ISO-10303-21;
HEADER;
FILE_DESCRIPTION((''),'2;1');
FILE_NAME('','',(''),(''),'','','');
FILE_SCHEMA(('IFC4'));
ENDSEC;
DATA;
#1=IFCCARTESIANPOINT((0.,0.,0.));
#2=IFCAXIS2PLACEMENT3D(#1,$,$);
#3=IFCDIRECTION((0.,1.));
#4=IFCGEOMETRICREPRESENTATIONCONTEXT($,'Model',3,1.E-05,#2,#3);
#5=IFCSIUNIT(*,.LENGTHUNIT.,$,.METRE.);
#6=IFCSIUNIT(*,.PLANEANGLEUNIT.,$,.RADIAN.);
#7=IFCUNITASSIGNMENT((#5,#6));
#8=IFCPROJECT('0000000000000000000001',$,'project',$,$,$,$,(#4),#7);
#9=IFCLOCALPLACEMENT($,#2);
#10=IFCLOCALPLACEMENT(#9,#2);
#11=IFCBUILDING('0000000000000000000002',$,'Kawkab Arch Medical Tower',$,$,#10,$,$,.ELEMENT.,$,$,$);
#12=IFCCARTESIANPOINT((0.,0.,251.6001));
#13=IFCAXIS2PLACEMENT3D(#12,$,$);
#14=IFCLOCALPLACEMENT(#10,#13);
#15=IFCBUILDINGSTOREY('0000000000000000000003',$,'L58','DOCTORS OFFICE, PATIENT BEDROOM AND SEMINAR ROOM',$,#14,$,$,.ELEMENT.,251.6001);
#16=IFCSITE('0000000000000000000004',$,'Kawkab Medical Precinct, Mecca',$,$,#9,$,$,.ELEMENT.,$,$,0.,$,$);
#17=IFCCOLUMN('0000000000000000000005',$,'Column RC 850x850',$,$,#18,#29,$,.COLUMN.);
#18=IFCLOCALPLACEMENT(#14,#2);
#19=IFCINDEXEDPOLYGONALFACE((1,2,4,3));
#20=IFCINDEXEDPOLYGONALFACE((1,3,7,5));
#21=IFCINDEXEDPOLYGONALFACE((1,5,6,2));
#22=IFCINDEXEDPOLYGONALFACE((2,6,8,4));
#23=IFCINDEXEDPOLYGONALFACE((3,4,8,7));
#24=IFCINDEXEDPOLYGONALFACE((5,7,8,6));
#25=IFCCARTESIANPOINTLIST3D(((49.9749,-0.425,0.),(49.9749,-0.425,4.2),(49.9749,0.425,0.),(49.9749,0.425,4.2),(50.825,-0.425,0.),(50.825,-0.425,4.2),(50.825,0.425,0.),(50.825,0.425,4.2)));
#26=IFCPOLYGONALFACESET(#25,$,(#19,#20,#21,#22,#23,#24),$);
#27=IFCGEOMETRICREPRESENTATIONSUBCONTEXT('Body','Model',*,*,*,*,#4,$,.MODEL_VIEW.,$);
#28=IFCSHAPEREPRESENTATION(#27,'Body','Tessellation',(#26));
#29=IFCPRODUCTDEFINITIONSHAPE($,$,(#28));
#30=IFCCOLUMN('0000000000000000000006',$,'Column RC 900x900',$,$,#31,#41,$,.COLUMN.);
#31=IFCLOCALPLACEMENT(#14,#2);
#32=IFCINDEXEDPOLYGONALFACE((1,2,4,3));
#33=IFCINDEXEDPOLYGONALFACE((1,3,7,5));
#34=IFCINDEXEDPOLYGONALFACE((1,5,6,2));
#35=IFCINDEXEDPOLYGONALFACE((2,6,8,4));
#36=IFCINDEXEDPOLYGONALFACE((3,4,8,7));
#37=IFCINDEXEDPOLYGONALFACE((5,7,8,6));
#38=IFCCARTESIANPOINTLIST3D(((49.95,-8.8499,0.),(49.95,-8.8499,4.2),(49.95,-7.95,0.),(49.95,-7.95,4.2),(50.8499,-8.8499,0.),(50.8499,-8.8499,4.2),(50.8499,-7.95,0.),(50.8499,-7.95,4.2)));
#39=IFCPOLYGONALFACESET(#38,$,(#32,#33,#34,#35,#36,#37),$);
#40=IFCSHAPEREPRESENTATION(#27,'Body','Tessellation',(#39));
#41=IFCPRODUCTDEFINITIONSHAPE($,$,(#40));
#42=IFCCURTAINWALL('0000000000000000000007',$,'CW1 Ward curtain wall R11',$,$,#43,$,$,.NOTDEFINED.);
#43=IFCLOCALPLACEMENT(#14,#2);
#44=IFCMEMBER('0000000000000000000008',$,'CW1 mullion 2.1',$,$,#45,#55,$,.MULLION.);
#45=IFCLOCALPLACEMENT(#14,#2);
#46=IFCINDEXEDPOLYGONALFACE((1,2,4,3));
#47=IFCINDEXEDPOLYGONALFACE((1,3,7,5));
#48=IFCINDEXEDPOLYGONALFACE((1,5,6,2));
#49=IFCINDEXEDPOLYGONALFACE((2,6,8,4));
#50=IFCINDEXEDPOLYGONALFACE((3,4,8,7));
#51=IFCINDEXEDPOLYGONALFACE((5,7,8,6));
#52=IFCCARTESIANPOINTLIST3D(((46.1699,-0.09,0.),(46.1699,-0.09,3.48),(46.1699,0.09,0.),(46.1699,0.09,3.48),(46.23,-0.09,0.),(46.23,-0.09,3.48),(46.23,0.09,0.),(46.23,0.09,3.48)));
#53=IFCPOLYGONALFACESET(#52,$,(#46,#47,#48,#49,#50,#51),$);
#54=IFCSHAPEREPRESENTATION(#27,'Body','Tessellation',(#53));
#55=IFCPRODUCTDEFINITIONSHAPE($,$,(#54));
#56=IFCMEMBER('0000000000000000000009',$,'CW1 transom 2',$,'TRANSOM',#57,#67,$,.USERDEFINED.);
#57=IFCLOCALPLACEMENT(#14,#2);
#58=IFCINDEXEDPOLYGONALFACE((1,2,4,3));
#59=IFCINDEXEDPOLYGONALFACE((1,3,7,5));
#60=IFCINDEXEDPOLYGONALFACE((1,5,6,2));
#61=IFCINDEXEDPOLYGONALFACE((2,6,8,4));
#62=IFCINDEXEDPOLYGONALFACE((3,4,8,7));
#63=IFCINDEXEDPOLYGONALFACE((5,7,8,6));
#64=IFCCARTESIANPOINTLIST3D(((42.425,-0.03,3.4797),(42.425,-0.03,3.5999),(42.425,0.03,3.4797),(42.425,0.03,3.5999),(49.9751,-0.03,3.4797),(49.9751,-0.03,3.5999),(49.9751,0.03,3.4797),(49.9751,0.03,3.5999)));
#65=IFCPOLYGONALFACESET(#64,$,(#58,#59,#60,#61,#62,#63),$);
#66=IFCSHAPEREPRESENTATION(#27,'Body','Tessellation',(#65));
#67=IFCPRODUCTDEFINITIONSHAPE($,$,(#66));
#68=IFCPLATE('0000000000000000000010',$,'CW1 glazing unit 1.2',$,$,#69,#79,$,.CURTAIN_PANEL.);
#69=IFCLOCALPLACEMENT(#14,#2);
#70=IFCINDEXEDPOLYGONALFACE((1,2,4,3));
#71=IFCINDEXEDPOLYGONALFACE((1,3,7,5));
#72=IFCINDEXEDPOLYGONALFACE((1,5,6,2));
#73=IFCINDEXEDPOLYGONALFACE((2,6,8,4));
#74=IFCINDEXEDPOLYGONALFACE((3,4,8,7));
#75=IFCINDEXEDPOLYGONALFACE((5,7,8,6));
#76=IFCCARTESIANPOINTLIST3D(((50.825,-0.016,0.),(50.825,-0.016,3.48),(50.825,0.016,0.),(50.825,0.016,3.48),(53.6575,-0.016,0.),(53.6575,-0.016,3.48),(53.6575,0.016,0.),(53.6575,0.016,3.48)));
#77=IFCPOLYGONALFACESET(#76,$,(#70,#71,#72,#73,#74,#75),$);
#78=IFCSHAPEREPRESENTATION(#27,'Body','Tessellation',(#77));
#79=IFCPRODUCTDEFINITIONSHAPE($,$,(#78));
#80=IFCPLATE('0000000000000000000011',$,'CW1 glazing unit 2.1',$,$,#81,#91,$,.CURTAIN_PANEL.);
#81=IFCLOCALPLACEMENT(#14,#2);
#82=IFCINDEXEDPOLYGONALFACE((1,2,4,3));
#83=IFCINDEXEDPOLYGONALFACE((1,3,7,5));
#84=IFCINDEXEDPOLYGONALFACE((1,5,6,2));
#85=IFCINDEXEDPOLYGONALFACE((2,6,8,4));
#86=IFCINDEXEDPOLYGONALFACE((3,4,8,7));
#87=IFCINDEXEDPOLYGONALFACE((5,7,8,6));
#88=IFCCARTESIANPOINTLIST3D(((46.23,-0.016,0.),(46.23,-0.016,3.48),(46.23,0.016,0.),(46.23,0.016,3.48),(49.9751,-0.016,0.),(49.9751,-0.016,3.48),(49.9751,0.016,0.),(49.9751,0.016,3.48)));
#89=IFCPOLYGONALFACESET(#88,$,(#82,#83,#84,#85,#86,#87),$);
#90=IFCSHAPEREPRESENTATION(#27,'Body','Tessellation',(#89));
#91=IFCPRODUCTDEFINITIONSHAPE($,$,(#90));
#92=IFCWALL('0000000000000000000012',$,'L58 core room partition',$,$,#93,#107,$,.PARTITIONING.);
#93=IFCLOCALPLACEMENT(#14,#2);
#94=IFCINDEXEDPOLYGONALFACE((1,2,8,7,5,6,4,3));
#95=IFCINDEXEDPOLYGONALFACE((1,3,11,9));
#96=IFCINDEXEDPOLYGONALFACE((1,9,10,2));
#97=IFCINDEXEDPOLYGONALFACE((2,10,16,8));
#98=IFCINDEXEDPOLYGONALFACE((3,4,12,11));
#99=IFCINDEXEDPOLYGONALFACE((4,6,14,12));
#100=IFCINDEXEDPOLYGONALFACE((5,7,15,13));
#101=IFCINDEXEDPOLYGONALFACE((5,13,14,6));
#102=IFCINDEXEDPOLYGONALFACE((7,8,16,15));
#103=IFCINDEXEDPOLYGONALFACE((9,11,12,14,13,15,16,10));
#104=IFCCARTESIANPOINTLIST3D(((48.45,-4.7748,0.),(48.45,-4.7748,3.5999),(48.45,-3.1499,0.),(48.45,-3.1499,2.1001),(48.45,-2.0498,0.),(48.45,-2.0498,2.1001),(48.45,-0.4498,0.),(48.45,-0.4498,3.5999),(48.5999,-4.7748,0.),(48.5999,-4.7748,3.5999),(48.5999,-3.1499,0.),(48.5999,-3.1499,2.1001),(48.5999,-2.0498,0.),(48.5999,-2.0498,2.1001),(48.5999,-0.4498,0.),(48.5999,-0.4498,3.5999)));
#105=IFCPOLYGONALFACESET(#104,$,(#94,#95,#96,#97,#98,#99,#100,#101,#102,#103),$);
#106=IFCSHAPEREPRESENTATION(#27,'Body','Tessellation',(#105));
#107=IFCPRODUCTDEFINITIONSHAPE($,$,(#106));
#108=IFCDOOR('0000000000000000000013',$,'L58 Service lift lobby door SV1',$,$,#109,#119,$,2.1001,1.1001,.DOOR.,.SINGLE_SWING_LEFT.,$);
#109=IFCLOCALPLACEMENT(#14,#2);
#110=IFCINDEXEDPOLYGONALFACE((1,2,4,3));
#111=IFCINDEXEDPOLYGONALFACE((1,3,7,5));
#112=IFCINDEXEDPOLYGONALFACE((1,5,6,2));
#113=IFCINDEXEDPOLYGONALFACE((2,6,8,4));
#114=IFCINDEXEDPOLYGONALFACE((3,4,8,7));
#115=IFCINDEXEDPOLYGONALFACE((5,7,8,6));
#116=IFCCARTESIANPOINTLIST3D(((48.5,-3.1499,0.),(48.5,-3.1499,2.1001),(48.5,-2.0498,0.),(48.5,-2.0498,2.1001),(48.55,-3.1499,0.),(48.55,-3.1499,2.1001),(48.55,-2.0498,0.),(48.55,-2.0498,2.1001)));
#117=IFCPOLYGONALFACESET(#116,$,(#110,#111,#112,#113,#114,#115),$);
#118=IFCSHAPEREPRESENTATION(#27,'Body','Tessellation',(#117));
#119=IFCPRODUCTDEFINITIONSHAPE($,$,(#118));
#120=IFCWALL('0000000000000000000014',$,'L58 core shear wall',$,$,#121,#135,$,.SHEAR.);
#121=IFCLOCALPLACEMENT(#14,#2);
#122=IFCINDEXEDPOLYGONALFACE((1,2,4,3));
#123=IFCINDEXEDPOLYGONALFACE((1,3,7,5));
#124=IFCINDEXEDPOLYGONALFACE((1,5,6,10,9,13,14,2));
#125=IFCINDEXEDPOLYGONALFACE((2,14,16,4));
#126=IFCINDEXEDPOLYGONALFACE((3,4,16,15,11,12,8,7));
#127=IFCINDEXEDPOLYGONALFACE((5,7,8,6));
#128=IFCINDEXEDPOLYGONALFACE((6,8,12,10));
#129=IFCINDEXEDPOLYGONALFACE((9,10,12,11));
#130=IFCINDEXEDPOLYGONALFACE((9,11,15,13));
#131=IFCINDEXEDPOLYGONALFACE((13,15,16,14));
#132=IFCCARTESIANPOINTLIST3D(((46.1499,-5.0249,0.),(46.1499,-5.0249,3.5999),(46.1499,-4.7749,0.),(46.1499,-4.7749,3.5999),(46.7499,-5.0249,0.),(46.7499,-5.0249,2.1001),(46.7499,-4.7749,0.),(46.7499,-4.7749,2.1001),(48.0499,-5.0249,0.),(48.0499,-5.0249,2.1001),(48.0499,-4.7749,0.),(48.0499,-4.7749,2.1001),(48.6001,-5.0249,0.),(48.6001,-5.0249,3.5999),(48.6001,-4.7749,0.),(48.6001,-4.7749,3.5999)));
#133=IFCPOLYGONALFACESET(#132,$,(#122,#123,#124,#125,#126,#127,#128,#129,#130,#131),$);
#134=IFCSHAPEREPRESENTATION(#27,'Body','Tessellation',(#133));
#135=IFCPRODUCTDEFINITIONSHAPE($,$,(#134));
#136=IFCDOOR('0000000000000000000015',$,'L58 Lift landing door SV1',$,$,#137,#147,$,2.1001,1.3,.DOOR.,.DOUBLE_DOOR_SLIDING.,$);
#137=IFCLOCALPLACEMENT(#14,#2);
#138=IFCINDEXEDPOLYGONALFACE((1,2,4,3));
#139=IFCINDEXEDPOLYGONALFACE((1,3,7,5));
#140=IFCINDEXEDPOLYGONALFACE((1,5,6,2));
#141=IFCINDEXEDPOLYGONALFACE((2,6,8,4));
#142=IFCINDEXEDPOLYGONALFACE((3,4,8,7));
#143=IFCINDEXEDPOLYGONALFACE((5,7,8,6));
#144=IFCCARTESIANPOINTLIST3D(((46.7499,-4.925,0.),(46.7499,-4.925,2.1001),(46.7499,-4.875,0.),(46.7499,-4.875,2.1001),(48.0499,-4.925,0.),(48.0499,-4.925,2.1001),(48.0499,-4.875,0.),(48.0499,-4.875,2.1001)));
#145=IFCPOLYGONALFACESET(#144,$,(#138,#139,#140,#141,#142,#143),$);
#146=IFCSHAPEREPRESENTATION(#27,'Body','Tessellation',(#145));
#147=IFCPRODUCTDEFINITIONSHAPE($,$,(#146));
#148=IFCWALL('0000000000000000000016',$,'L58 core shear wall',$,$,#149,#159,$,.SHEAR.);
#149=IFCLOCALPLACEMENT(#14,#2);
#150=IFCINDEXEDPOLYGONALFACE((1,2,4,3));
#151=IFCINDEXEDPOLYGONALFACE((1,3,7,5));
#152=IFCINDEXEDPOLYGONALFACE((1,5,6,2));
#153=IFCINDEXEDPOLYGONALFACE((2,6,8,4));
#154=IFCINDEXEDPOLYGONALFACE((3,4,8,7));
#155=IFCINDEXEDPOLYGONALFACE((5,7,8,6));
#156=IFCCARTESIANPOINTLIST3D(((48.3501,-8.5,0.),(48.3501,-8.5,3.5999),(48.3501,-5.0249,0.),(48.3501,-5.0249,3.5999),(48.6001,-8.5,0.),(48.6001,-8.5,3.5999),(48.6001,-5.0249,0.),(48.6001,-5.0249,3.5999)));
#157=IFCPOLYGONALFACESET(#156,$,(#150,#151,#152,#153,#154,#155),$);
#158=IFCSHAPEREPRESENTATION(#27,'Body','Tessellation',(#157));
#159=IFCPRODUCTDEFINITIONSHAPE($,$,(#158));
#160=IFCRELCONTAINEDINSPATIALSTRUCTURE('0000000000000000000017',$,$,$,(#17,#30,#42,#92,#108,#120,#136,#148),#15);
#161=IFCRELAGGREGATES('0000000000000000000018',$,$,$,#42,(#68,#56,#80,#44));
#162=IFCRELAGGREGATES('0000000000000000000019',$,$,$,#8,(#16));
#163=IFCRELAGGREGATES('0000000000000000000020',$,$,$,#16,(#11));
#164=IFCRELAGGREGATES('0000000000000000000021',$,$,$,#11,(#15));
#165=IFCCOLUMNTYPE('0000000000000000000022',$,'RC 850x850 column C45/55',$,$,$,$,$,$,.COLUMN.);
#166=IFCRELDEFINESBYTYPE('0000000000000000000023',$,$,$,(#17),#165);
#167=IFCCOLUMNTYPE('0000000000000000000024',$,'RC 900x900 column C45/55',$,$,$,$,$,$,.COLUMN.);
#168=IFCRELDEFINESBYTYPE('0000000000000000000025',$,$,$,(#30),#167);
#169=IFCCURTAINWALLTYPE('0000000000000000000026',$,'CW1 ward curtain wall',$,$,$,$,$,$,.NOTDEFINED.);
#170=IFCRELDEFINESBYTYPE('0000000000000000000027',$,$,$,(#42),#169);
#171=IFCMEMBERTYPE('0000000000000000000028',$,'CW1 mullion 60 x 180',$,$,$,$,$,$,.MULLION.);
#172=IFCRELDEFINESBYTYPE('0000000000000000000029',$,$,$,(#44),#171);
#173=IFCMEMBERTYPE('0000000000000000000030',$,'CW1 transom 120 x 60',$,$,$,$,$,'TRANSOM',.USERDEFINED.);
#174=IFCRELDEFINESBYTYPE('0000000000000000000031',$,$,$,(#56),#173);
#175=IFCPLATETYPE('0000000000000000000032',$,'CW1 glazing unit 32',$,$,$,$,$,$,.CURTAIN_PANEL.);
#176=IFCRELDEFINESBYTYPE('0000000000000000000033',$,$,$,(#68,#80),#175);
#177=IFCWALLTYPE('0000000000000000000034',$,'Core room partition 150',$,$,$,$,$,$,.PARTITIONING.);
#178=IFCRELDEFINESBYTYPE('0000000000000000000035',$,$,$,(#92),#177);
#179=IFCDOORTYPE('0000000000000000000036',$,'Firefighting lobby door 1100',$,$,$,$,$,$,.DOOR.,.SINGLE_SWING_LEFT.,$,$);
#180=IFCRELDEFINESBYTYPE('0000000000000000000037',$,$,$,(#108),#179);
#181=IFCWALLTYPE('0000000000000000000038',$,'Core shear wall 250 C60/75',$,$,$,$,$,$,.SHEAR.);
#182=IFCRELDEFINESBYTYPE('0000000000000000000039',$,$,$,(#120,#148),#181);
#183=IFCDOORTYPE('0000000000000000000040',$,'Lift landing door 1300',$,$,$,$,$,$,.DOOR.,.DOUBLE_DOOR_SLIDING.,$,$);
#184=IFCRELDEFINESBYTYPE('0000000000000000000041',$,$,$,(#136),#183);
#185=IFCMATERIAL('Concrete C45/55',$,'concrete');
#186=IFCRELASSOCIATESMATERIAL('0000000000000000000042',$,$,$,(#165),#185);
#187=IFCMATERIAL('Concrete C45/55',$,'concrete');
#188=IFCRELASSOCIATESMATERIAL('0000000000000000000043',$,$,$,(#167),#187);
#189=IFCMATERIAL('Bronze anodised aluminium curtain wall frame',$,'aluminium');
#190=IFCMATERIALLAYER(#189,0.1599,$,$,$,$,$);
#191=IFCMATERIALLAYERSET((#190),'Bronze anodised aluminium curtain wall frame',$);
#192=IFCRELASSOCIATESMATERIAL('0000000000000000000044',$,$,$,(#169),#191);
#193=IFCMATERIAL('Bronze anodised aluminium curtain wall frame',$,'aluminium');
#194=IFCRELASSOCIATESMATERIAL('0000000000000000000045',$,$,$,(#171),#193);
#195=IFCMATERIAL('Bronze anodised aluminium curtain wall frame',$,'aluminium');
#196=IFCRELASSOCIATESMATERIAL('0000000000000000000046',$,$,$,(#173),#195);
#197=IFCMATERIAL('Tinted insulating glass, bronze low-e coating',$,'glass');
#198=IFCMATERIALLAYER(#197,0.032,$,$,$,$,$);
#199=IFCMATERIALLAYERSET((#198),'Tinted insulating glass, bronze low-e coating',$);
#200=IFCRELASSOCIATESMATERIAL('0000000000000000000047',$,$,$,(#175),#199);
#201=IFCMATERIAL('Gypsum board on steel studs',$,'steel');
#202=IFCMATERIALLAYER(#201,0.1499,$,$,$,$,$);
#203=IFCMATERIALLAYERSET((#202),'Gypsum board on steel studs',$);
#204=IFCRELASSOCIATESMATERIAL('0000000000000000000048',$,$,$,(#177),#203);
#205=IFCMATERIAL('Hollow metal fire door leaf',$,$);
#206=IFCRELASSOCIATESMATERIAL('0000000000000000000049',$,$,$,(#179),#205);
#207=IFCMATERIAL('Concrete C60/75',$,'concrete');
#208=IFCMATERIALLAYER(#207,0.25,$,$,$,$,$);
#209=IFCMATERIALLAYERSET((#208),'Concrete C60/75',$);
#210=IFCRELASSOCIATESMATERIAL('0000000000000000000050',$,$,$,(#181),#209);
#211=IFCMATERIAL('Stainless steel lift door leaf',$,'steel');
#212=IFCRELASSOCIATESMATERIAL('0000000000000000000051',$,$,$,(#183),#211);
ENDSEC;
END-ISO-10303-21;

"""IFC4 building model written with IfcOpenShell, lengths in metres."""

from ifc_helpers import new_model, si_unit, direction, frame, frame_2d, origin, origin_2d, place, context, subcontext, project, spatial, rectangle, extrude, material, layer, layer_set, material_profile, profile_set, type_object, element, fill, aggregate, save


model = new_model("IFC4")

# Units and contexts
model_context = context("Model", 3, precision=1e-05, world=origin(), true_north=direction((0.0, 1.0)))
body_context = subcontext(model_context, "Body", "Model", "MODEL_VIEW")
ifc_project = project(units=[si_unit("LENGTHUNIT", "METRE"), si_unit("PLANEANGLEUNIT", "RADIAN")], contexts=[model_context])

# Site, building, storey
site_placement = place(None, origin())
site = spatial("IfcSite", under=ifc_project, at=site_placement, Name="Kawkab Medical Precinct, Mecca", CompositionType="ELEMENT", RefElevation=0.0)
building_placement = place(site_placement, origin())
building = spatial("IfcBuilding", under=site, at=building_placement, Name="Kawkab Arch Medical Tower", CompositionType="ELEMENT")
storey_placement = place(building_placement, frame((0.0, 0.0, 251.6001)))
storey = spatial("IfcBuildingStorey", under=building, at=storey_placement, Name="L58", Description="DOCTORS OFFICE, PATIENT BEDROOM AND SEMINAR ROOM", CompositionType="ELEMENT", Elevation=251.6001)

# Columns
ifc_material_1 = material(Name="Concrete C45/55", Category="concrete")
ifc_material_profile_1 = material_profile(ifc_material_1, rectangle(XDim=0.8501, YDim=0.8501, at=origin_2d()), Name="RC 850x850")
ifc_profile_set_1 = profile_set([ifc_material_profile_1], Name="Concrete C45/55")
column_type_1 = type_object("IfcColumnType", Name="RC 850x850 column C45/55", PredefinedType="COLUMN", material=ifc_profile_set_1)
column_1_placement = place(storey_placement, frame((50.3999, 0.0, 0.0), z_axis=(0.0, 0.0, 1.0), x_axis=(1.0, 0.0, 0.0)))
element("IfcColumn", 1, at=column_1_placement, inside=storey, type_object=column_type_1, Name="Column RC 850x850", PredefinedType="COLUMN", context=body_context, shape_type="SweptSolid", body=[
    extrude(rectangle(XDim=0.8501, YDim=0.8501, at=origin_2d()), origin(), (0.0, 0.0, 1.0), 4.2),
])
ifc_material_2 = material(Name="Concrete C45/55", Category="concrete")
ifc_material_profile_2 = material_profile(ifc_material_2, rectangle(XDim=0.8999, YDim=0.8999, at=origin_2d()), Name="RC 900x900")
ifc_profile_set_2 = profile_set([ifc_material_profile_2], Name="Concrete C45/55")
column_type_2 = type_object("IfcColumnType", Name="RC 900x900 column C45/55", PredefinedType="COLUMN", material=ifc_profile_set_2)
column_2_placement = place(storey_placement, frame((50.3999, -8.3999, 0.0), z_axis=(0.0, 0.0, 1.0), x_axis=(1.0, 0.0, 0.0)))
element("IfcColumn", 2, at=column_2_placement, inside=storey, type_object=column_type_2, Name="Column RC 900x900", PredefinedType="COLUMN", context=body_context, shape_type="SweptSolid", body=[
    extrude(rectangle(XDim=0.8999, YDim=0.8999, at=origin_2d()), origin(), (0.0, 0.0, 1.0), 4.2),
])

# Curtain wall, members, plates
ifc_material_3 = material(Name="Bronze anodised aluminium curtain wall frame", Category="aluminium")
ifc_layer_1 = layer(ifc_material_3, 0.1599)
ifc_layer_set_1 = layer_set([ifc_layer_1], Name="Bronze anodised aluminium curtain wall frame")
curtain_wall_type = type_object("IfcCurtainWallType", Name="CW1 ward curtain wall", PredefinedType="NOTDEFINED", material=ifc_layer_set_1)
placement = place(storey_placement, origin())
curtain_wall = element("IfcCurtainWall", 3, at=placement, inside=storey, type_object=curtain_wall_type, Name="CW1 Ward curtain wall R11", PredefinedType="NOTDEFINED")
ifc_material_4 = material(Name="Bronze anodised aluminium curtain wall frame", Category="aluminium")
ifc_material_profile_3 = material_profile(ifc_material_4, rectangle(XDim=0.1799, YDim=0.0601, at=origin_2d()), Name="AL 60x180")
ifc_profile_set_3 = profile_set([ifc_material_profile_3], Name="Bronze anodised aluminium curtain wall frame")
member_type_1 = type_object("IfcMemberType", Name="CW1 mullion 60 x 180", PredefinedType="MULLION", material=ifc_profile_set_3)
member_1_placement = place(storey_placement, frame((46.2, 0.0, 0.0), z_axis=(0.0, 0.0, 1.0), x_axis=(0.0, -1.0, 0.0)))
member_1 = element("IfcMember", 4, at=member_1_placement, type_object=member_type_1, Name="CW1 mullion 2.1", PredefinedType="MULLION", context=body_context, shape_type="SweptSolid", body=[
    extrude(rectangle(XDim=0.1799, YDim=0.0601, at=origin_2d()), origin(), (0.0, 0.0, 1.0), 3.48),
])
ifc_material_5 = material(Name="Bronze anodised aluminium curtain wall frame", Category="aluminium")
ifc_material_profile_4 = material_profile(ifc_material_5, rectangle(XDim=0.0601, YDim=0.1201, at=origin_2d()), Name="AL 60x120")
ifc_profile_set_4 = profile_set([ifc_material_profile_4], Name="Bronze anodised aluminium curtain wall frame")
member_type_2 = type_object("IfcMemberType", Name="CW1 transom 120 x 60", ElementType="TRANSOM", PredefinedType="USERDEFINED", material=ifc_profile_set_4)
member_2_placement = place(storey_placement, frame((49.9751, 0.0, 3.5398), z_axis=(-1.0, 0.0, 0.0), x_axis=(0.0, -1.0, 0.0)))
member_2 = element("IfcMember", 5, at=member_2_placement, type_object=member_type_2, Name="CW1 transom 2", ObjectType="TRANSOM", PredefinedType="USERDEFINED", context=body_context, shape_type="SweptSolid", body=[
    extrude(rectangle(XDim=0.0601, YDim=0.1201, at=origin_2d()), origin(), (0.0, 0.0, 1.0), 7.55),
])
ifc_material_6 = material(Name="Tinted insulating glass, bronze low-e coating", Category="glass")
ifc_layer_2 = layer(ifc_material_6, 0.032)
ifc_layer_set_2 = layer_set([ifc_layer_2], Name="Tinted insulating glass, bronze low-e coating")
plate_type = type_object("IfcPlateType", Name="CW1 glazing unit 32", PredefinedType="CURTAIN_PANEL", material=ifc_layer_set_2)
plate_1_placement = place(storey_placement, frame((52.2412, 0.0, 0.0), z_axis=(0.0, 0.0, 1.0), x_axis=(-1.0, 0.0, 0.0)))
plate_1 = element("IfcPlate", 6, at=plate_1_placement, type_object=plate_type, Name="CW1 glazing unit 1.2", PredefinedType="CURTAIN_PANEL", context=body_context, shape_type="SweptSolid", body=[
    extrude(rectangle(XDim=2.8325, YDim=0.032, at=origin_2d()), origin(), (0.0, 0.0, 1.0), 3.48),
])
plate_2_placement = place(storey_placement, frame((48.1025, 0.0, 0.0), z_axis=(0.0, 0.0, 1.0), x_axis=(-1.0, 0.0, 0.0)))
plate_2 = element("IfcPlate", 7, at=plate_2_placement, type_object=plate_type, Name="CW1 glazing unit 2.1", PredefinedType="CURTAIN_PANEL", context=body_context, shape_type="SweptSolid", body=[
    extrude(rectangle(XDim=3.7451, YDim=0.032, at=origin_2d()), origin(), (0.0, 0.0, 1.0), 3.48),
])
aggregate(curtain_wall, [plate_1, member_2, plate_2, member_1])

# Walls, openings, doors
ifc_material_7 = material(Name="Gypsum board on steel studs", Category="steel")
ifc_layer_3 = layer(ifc_material_7, 0.1499)
ifc_layer_set_3 = layer_set([ifc_layer_3], Name="Gypsum board on steel studs")
wall_type_1 = type_object("IfcWallType", Name="Core room partition 150", PredefinedType="PARTITIONING", material=ifc_layer_set_3)
wall_1_placement = place(storey_placement, frame((48.5249, -4.7749, 0.0), z_axis=(0.0, 0.0, 1.0), x_axis=(0.0, 1.0, 0.0)))
wall_1 = element("IfcWall", 8, at=wall_1_placement, inside=storey, type_object=wall_type_1, Name="L58 core room partition", PredefinedType="PARTITIONING", context=body_context, shape_type="SweptSolid", body=[
    extrude(rectangle(XDim=4.325, YDim=0.1499, at=frame_2d((2.1626, 0.0))), origin(), (0.0, 0.0, 1.0), 3.5999),
])
opening_1_placement = place(wall_1_placement, frame((1.625, 0.0, 0.0)))
opening_1 = element("IfcOpeningElement", 9, at=opening_1_placement, cuts=wall_1, PredefinedType="OPENING", context=body_context, shape_type="SweptSolid", body=[
    extrude(rectangle(XDim=1.1001, YDim=2.1001, at=frame_2d((0.55, 1.05))), frame((0.0, 0.085, 0.0), z_axis=(0.0, -1.0, 0.0), x_axis=(1.0, 0.0, 0.0)), (0.0, 0.0, 1.0), 0.1699),
])
ifc_material_8 = material(Name="Hollow metal fire door leaf")
door_type_1 = type_object("IfcDoorType", Name="Firefighting lobby door 1100", OperationType="SINGLE_SWING_LEFT", PredefinedType="DOOR", material=ifc_material_8)
door_1_placement = place(opening_1_placement, origin())
door_1 = element("IfcDoor", 10, at=door_1_placement, inside=storey, type_object=door_type_1, Name="L58 Service lift lobby door SV1", OperationType="SINGLE_SWING_LEFT", OverallHeight=2.1001, OverallWidth=1.1001, PredefinedType="DOOR", context=body_context, shape_type="SweptSolid", body=[
    extrude(rectangle(XDim=1.1001, YDim=2.1001, at=frame_2d((0.55, 1.05))), frame((0.0, 0.0249, 0.0), z_axis=(0.0, -1.0, 0.0), x_axis=(1.0, 0.0, 0.0)), (0.0, 0.0, 1.0), 0.05),
])
fill(opening_1, door_1)
ifc_material_9 = material(Name="Concrete C60/75", Category="concrete")
ifc_layer_4 = layer(ifc_material_9, 0.25)
ifc_layer_set_4 = layer_set([ifc_layer_4], Name="Concrete C60/75")
wall_type_2 = type_object("IfcWallType", Name="Core shear wall 250 C60/75", PredefinedType="SHEAR", material=ifc_layer_set_4)
wall_2_placement = place(storey_placement, frame((46.1499, -4.8999, 0.0), z_axis=(0.0, 0.0, 1.0), x_axis=(1.0, 0.0, 0.0)))
wall_2 = element("IfcWall", 11, at=wall_2_placement, inside=storey, type_object=wall_type_2, Name="L58 core shear wall", PredefinedType="SHEAR", context=body_context, shape_type="SweptSolid", body=[
    extrude(rectangle(XDim=2.4502, YDim=0.25, at=frame_2d((1.2251, 0.0))), origin(), (0.0, 0.0, 1.0), 3.5999),
])
opening_2_placement = place(wall_2_placement, frame((0.6001, 0.0, 0.0)))
opening_2 = element("IfcOpeningElement", 12, at=opening_2_placement, cuts=wall_2, PredefinedType="OPENING", context=body_context, shape_type="SweptSolid", body=[
    extrude(rectangle(XDim=1.3, YDim=2.1001, at=frame_2d((0.6499, 1.05))), frame((0.0, 0.135, 0.0), z_axis=(0.0, -1.0, 0.0), x_axis=(1.0, 0.0, 0.0)), (0.0, 0.0, 1.0), 0.27),
])
ifc_material_10 = material(Name="Stainless steel lift door leaf", Category="steel")
door_type_2 = type_object("IfcDoorType", Name="Lift landing door 1300", OperationType="DOUBLE_DOOR_SLIDING", PredefinedType="DOOR", material=ifc_material_10)
door_2_placement = place(opening_2_placement, origin())
door_2 = element("IfcDoor", 13, at=door_2_placement, inside=storey, type_object=door_type_2, Name="L58 Lift landing door SV1", OperationType="DOUBLE_DOOR_SLIDING", OverallHeight=2.1001, OverallWidth=1.3, PredefinedType="DOOR", context=body_context, shape_type="SweptSolid", body=[
    extrude(rectangle(XDim=1.3, YDim=2.1001, at=frame_2d((0.6499, 1.05))), frame((0.0, 0.0249, 0.0), z_axis=(0.0, -1.0, 0.0), x_axis=(1.0, 0.0, 0.0)), (0.0, 0.0, 1.0), 0.05),
])
fill(opening_2, door_2)

# Wall
wall_3_placement = place(storey_placement, frame((48.4751, -8.5, 0.0), z_axis=(0.0, 0.0, 1.0), x_axis=(0.0, 1.0, 0.0)))
element("IfcWall", 14, at=wall_3_placement, inside=storey, type_object=wall_type_2, Name="L58 core shear wall", PredefinedType="SHEAR", context=body_context, shape_type="SweptSolid", body=[
    extrude(rectangle(XDim=3.4751, YDim=0.25, at=frame_2d((1.7375, 0.0))), origin(), (0.0, 0.0, 1.0), 3.5999),
])

save(model, "model.ifc")
